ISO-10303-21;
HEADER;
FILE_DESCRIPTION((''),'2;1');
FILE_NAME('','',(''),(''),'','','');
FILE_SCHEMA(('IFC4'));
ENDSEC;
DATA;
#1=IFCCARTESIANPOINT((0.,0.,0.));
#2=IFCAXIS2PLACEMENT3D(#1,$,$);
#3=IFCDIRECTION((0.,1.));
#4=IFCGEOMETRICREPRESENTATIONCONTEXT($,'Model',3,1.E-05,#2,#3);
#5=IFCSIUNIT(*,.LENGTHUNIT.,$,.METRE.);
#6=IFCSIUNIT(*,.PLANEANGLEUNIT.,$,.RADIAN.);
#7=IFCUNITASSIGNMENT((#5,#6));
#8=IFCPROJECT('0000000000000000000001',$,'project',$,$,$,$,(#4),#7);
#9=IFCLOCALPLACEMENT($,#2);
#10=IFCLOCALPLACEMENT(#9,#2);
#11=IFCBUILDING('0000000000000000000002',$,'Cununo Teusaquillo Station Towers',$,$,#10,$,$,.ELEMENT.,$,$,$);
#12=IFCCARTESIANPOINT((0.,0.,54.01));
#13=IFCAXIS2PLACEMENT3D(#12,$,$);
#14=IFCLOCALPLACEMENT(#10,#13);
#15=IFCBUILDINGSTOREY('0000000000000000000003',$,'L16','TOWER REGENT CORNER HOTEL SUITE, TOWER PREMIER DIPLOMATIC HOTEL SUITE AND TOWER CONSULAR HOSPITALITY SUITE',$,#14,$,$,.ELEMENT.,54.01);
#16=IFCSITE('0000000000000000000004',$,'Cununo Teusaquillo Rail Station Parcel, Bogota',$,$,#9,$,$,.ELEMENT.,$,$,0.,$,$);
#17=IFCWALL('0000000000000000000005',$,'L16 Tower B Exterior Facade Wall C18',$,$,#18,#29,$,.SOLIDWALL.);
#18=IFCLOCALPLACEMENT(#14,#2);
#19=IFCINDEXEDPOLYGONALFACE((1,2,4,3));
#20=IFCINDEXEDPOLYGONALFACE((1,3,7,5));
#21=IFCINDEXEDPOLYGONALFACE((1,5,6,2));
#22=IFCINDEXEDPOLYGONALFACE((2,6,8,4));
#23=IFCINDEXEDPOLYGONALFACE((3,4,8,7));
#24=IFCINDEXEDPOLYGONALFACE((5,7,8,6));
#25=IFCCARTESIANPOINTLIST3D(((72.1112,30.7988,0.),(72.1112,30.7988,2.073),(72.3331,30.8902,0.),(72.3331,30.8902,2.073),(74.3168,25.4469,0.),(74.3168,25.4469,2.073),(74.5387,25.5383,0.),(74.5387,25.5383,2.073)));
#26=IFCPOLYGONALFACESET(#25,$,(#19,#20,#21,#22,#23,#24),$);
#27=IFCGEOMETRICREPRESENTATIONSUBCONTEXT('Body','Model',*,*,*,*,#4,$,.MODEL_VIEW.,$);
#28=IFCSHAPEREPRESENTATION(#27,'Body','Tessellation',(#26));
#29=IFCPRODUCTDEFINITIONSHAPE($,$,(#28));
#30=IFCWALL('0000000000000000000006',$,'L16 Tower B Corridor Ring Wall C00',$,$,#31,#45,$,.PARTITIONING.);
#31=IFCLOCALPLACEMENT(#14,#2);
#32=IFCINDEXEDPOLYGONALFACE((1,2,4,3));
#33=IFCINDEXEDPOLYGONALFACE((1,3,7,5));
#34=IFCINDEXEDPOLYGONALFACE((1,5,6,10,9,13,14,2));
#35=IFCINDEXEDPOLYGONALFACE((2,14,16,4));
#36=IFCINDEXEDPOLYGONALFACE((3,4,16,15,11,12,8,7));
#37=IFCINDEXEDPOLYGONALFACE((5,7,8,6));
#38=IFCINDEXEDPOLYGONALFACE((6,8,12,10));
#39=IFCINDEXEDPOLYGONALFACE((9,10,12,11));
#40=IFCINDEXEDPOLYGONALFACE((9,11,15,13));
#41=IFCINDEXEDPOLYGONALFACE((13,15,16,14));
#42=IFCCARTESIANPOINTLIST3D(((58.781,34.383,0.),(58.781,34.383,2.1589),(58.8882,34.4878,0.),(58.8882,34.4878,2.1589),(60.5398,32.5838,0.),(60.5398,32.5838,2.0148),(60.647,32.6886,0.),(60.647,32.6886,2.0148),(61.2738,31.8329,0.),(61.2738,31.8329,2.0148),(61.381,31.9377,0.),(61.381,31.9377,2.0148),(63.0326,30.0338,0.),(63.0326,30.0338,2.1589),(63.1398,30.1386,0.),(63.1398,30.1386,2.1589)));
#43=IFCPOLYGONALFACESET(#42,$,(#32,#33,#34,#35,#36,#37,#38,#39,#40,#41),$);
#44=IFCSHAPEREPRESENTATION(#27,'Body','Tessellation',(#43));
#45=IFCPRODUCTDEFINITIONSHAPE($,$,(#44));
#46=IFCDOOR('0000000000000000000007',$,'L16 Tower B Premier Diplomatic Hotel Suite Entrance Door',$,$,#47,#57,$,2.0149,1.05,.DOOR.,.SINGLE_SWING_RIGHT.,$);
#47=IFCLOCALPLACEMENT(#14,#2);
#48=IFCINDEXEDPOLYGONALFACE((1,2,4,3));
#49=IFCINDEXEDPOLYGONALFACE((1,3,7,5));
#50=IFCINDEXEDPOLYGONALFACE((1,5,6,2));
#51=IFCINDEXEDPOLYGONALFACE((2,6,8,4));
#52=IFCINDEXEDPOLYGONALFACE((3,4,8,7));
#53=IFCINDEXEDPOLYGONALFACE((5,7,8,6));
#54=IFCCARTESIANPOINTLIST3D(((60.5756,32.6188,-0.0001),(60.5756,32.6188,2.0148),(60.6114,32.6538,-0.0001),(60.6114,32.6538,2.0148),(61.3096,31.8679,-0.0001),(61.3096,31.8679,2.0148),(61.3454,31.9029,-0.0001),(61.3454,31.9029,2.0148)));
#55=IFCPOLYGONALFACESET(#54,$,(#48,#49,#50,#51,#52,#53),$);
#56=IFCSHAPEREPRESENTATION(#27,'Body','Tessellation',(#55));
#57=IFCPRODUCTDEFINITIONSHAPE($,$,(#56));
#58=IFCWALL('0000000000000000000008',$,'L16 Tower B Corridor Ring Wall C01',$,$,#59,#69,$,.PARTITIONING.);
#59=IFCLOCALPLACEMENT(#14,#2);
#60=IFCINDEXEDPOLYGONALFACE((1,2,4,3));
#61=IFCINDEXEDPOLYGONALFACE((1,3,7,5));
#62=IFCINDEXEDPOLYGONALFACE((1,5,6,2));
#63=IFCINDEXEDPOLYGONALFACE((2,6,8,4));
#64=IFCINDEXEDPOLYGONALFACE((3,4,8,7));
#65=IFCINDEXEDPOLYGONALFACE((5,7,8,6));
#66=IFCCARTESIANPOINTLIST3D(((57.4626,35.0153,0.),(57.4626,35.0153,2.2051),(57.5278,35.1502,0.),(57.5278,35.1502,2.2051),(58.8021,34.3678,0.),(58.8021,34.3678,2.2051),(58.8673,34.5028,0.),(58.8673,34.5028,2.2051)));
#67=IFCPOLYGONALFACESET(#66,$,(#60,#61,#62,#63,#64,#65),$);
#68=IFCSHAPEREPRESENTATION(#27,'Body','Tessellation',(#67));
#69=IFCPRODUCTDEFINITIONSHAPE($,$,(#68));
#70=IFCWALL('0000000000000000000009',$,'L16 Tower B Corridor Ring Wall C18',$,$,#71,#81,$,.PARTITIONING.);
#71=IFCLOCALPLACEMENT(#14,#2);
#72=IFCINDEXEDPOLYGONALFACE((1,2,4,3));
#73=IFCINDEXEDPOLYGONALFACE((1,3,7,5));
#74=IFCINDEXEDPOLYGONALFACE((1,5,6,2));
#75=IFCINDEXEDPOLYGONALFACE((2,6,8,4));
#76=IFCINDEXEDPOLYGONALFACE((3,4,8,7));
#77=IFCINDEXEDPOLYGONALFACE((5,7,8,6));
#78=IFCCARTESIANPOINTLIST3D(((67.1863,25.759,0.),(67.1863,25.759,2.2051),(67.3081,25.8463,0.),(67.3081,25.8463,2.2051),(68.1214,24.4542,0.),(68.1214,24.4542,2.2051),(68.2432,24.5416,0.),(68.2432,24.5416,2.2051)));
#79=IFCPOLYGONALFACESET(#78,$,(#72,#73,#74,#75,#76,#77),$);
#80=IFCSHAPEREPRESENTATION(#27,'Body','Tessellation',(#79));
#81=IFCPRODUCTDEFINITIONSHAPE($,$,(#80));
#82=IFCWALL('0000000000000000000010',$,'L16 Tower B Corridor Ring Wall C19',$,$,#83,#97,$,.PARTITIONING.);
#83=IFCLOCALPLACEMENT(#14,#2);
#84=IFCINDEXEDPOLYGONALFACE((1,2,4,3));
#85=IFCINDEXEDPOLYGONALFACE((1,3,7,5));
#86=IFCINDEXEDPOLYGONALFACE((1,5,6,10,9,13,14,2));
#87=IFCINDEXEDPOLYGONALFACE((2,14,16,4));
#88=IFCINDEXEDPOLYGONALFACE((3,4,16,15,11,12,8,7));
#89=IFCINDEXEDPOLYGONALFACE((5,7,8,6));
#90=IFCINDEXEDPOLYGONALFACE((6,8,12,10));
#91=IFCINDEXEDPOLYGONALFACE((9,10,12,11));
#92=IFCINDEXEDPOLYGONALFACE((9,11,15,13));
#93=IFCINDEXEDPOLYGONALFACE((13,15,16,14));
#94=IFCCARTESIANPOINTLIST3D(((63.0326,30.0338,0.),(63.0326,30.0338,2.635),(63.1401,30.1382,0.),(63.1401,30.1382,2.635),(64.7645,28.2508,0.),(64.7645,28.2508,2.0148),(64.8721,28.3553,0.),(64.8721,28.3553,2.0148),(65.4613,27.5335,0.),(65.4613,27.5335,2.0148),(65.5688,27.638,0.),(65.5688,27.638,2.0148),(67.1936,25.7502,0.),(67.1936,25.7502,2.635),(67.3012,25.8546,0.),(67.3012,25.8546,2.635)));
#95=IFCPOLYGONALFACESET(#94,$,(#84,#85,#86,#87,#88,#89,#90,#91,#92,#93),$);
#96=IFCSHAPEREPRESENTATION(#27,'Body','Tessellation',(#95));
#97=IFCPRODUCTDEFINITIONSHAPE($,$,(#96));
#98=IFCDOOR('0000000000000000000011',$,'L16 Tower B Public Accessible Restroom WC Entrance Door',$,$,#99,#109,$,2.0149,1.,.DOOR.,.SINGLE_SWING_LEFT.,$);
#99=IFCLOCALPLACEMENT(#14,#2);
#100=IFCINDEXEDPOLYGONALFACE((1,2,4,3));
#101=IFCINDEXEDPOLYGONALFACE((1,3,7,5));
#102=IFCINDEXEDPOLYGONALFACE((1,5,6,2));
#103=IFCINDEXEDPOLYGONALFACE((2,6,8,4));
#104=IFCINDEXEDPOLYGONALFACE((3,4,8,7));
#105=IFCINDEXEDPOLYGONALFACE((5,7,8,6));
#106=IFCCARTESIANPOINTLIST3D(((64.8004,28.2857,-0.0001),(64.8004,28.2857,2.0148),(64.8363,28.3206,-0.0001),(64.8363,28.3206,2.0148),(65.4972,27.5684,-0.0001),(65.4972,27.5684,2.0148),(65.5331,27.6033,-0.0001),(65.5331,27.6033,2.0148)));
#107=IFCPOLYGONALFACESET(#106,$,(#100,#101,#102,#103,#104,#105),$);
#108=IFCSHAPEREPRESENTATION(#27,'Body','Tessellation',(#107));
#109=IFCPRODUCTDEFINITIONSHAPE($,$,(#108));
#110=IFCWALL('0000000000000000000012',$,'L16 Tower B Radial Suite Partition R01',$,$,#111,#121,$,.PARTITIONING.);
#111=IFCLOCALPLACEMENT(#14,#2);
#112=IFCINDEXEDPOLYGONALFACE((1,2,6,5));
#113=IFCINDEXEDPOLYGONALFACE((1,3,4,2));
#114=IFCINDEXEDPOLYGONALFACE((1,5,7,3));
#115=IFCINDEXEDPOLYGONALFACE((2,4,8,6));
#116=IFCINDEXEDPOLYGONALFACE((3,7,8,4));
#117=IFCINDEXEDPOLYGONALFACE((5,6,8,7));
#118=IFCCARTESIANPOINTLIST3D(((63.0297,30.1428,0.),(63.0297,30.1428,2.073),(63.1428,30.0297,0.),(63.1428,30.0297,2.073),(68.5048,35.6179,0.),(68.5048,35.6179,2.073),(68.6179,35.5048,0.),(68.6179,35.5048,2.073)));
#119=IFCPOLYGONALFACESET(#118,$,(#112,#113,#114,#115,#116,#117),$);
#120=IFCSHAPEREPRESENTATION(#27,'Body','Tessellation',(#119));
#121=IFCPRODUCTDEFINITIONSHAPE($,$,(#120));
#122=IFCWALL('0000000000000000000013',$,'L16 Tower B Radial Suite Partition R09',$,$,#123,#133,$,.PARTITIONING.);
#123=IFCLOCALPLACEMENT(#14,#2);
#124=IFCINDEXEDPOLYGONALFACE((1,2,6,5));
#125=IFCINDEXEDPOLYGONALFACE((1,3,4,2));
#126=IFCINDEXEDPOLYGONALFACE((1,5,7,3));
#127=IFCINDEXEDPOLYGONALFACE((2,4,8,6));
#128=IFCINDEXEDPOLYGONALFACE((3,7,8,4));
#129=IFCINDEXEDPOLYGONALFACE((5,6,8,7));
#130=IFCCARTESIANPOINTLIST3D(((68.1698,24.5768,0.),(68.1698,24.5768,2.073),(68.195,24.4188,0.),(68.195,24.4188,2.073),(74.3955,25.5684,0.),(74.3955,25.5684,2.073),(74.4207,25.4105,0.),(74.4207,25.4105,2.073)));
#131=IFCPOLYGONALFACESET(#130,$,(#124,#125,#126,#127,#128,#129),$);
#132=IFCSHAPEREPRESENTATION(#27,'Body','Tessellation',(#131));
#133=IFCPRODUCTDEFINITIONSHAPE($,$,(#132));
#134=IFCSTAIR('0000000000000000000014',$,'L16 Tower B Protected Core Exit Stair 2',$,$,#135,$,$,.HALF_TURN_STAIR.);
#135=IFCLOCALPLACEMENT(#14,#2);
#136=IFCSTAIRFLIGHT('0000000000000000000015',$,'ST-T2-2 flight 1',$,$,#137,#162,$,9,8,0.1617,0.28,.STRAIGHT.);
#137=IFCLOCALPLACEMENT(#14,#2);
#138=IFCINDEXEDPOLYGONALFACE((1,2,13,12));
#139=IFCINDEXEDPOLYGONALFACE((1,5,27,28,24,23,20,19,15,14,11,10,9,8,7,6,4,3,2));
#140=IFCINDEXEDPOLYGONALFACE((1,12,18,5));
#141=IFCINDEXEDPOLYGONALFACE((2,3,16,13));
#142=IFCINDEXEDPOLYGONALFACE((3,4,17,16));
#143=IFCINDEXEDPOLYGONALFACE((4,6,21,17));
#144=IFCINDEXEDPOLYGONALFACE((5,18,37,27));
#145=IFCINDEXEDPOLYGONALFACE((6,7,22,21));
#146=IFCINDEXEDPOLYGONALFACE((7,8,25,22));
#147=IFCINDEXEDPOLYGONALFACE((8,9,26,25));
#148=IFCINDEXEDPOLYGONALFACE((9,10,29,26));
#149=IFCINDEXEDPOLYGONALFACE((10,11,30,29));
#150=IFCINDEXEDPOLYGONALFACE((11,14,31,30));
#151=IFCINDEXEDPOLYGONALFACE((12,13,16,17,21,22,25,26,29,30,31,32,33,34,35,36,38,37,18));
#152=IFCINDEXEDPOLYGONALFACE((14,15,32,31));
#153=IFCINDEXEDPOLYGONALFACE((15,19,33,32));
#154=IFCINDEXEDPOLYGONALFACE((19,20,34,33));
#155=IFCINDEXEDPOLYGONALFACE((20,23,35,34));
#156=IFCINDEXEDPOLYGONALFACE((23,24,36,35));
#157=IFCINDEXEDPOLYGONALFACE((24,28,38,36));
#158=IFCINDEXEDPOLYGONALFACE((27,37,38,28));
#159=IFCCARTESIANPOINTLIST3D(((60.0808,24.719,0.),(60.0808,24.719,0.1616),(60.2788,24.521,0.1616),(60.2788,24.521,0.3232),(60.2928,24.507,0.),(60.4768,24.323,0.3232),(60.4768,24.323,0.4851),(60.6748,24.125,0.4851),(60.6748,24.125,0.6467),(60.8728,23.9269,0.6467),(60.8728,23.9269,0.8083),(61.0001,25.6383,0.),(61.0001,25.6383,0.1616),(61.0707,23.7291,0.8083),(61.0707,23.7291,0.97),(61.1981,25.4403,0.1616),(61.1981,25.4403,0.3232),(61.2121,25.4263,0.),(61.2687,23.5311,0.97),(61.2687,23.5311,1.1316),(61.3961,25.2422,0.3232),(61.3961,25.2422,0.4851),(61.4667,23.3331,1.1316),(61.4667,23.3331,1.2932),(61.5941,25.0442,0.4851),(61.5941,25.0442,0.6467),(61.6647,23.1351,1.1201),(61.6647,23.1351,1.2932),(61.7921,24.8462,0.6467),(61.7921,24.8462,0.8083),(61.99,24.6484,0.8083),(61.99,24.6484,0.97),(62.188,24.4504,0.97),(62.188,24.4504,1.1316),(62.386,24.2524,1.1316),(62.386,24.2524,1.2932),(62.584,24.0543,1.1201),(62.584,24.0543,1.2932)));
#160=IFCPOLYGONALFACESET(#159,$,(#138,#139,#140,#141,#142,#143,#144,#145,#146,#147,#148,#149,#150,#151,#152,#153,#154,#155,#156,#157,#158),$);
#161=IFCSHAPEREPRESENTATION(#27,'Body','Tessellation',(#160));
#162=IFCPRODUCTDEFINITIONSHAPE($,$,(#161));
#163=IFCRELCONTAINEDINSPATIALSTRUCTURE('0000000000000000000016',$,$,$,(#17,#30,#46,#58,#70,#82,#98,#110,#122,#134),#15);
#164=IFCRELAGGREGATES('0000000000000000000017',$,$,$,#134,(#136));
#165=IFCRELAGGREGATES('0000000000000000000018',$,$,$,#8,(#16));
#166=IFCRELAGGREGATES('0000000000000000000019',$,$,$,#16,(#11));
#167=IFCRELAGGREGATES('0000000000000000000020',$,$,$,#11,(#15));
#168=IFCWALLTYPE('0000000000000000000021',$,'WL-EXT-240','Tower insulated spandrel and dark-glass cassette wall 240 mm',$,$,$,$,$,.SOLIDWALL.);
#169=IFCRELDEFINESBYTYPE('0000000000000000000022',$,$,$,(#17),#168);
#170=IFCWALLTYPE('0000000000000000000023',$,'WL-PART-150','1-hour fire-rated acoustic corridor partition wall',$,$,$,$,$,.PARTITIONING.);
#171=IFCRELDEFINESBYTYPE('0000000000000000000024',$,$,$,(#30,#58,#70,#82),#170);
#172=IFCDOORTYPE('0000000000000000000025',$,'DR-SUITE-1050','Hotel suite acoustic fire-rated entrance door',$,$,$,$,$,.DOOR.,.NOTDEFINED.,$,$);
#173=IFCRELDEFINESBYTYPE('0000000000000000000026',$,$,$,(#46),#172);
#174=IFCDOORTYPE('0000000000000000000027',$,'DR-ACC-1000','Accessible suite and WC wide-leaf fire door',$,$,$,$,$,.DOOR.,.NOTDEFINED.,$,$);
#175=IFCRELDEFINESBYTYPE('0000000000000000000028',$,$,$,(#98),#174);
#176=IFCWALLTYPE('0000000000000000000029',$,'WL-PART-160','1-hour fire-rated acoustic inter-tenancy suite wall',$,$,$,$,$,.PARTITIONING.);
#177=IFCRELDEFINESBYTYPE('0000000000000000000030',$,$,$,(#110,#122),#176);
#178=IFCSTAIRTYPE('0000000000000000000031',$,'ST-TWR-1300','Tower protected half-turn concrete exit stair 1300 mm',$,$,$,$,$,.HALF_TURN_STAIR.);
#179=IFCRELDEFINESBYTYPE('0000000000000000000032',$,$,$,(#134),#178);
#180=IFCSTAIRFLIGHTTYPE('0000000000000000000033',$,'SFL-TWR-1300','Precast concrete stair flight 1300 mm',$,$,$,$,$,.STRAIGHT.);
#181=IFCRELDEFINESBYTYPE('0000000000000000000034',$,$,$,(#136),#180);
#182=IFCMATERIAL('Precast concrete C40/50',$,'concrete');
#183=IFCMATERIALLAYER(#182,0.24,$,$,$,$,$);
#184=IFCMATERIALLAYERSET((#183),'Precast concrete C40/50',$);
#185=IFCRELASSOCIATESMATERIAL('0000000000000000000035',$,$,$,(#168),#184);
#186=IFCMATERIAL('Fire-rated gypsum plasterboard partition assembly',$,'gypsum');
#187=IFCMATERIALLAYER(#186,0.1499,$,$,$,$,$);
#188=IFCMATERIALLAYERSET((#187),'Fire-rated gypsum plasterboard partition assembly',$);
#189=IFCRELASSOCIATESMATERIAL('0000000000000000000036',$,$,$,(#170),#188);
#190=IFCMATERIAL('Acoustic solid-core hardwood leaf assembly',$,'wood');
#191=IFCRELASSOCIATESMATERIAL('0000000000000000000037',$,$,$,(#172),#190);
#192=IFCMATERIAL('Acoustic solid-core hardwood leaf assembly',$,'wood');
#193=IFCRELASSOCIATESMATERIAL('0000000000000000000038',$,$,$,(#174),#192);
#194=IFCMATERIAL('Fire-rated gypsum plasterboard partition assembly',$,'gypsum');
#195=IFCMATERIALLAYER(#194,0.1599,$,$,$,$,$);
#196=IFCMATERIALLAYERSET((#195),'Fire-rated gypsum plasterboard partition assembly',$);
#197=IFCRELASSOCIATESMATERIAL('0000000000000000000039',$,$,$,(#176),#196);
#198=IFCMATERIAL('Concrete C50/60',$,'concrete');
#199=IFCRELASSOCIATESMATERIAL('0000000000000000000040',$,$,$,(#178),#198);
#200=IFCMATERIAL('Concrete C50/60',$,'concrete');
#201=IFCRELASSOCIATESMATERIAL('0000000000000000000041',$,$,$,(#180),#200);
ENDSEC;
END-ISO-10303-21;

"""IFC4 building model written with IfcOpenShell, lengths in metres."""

from ifc_helpers import new_model, si_unit, direction, frame, frame_2d, origin, place, context, subcontext, project, spatial, polyline, rectangle, outline, extrude, source, transform, mapped, material, layer, layer_set, type_object, element, fill, aggregate, save


model = new_model("IFC4")

# Units and contexts
model_context = context("Model", 3, precision=1e-05, world=origin(), true_north=direction((0.0, 1.0)))
body_context = subcontext(model_context, "Body", "Model", "MODEL_VIEW")
ifc_project = project(units=[si_unit("LENGTHUNIT", "METRE"), si_unit("PLANEANGLEUNIT", "RADIAN")], contexts=[model_context])

# Site, building, storey
site_placement = place(None, origin())
site = spatial("IfcSite", under=ifc_project, at=site_placement, Name="Cununo Teusaquillo Rail Station Parcel, Bogota", CompositionType="ELEMENT", RefElevation=0.0)
building_placement = place(site_placement, origin())
building = spatial("IfcBuilding", under=site, at=building_placement, Name="Cununo Teusaquillo Station Towers", CompositionType="ELEMENT")
storey_placement = place(building_placement, frame((0.0, 0.0, 54.01)))
storey = spatial("IfcBuildingStorey", under=building, at=storey_placement, Name="L16", Description="TOWER REGENT CORNER HOTEL SUITE, TOWER PREMIER DIPLOMATIC HOTEL SUITE AND TOWER CONSULAR HOSPITALITY SUITE", CompositionType="ELEMENT", Elevation=54.01)

# Shared definitions
ifc_material_1 = material(Name="Precast concrete C40/50", Category="concrete")
ifc_layer_1 = layer(ifc_material_1, 0.24)
ifc_layer_set_1 = layer_set([ifc_layer_1], Name="Precast concrete C40/50")
wall_type_1 = type_object("IfcWallType", Name="WL-EXT-240", Description="Tower insulated spandrel and dark-glass cassette wall 240 mm", PredefinedType="SOLIDWALL", material=ifc_layer_set_1)

# Wall
wall_1_placement = place(storey_placement, frame((72.2222, 30.8445, 0.0), z_axis=(0.0, 0.0, 1.0), x_axis=(0.381028, -0.924564, 0.0)))
element("IfcWall", 1, at=wall_1_placement, inside=storey, type_object=wall_type_1, Name="L16 Tower B Exterior Facade Wall C18", PredefinedType="SOLIDWALL", context=body_context, shape_type="SweptSolid", body=[
    extrude(rectangle(XDim=5.7886, YDim=0.24, at=frame_2d((2.8943, 0.0))), origin(), (0.0, 0.0, 1.0), 2.073),
])

# Wall, opening, door
ifc_material_2 = material(Name="Fire-rated gypsum plasterboard partition assembly", Category="gypsum")
ifc_layer_2 = layer(ifc_material_2, 0.1499)
ifc_layer_set_2 = layer_set([ifc_layer_2], Name="Fire-rated gypsum plasterboard partition assembly")
wall_type_2 = type_object("IfcWallType", Name="WL-PART-150", Description="1-hour fire-rated acoustic corridor partition wall", PredefinedType="PARTITIONING", material=ifc_layer_set_2)
wall_2_placement = place(storey_placement, frame((63.0862, 30.0862, 0.0), z_axis=(0.0, 0.0, 1.0), x_axis=(-0.699033, 0.71509, 0.0)))
wall_2 = element("IfcWall", 2, at=wall_2_placement, inside=storey, type_object=wall_type_2, Name="L16 Tower B Corridor Ring Wall C00", PredefinedType="PARTITIONING", context=body_context, shape_type="SweptSolid", body=[
    extrude(rectangle(XDim=6.082, YDim=0.1499, at=frame_2d((3.041, 0.0))), origin(), (0.0, 0.0, 1.0), 2.1589),
])
shared_shape_1 = source(origin(), body_context, "Body", "SweptSolid", [
    extrude(rectangle(XDim=1.05, YDim=2.0149, at=frame_2d((0.5249, 1.0073))), frame((0.0, 0.085, 0.0), z_axis=(0.0, -1.0, 0.0), x_axis=(1.0, 0.0, 0.0)), (0.0, 0.0, 1.0), 0.1699),
])
opening_1_placement = place(wall_2_placement, frame((2.5161, 0.0, 0.0)))
opening_1 = element("IfcOpeningElement", 3, at=opening_1_placement, cuts=wall_2, PredefinedType="OPENING", context=body_context, shape_type="MappedRepresentation", body=[
    mapped(shared_shape_1, transform((0.0, 0.0, 0.0), x_axis=(1.0, 0.0, 0.0), y_axis=(0.0, 1.0, 0.0), z_axis=(0.0, 0.0, 1.0), scale=1.0)),
])
ifc_material_3 = material(Name="Acoustic solid-core hardwood leaf assembly", Category="wood")
door_type_1 = type_object("IfcDoorType", Name="DR-SUITE-1050", Description="Hotel suite acoustic fire-rated entrance door", OperationType="NOTDEFINED", PredefinedType="DOOR", material=ifc_material_3)
shared_shape_2 = source(origin(), body_context, "Body", "SweptSolid", [
    extrude(rectangle(XDim=1.05, YDim=2.0149, at=frame_2d((0.5249, 1.0073))), frame((0.0, 0.0249, 0.0), z_axis=(0.0, -1.0, 0.0), x_axis=(1.0, 0.0, 0.0)), (0.0, 0.0, 1.0), 0.05),
])
door_1_placement = place(opening_1_placement, origin())
door_1 = element("IfcDoor", 4, at=door_1_placement, inside=storey, type_object=door_type_1, Name="L16 Tower B Premier Diplomatic Hotel Suite Entrance Door", OperationType="SINGLE_SWING_RIGHT", OverallHeight=2.0149, OverallWidth=1.05, PredefinedType="DOOR", context=body_context, shape_type="MappedRepresentation", body=[
    mapped(shared_shape_2, transform((0.0, 0.0, 0.0), x_axis=(1.0, 0.0, 0.0), y_axis=(0.0, 1.0, 0.0), z_axis=(0.0, 0.0, 1.0), scale=1.0)),
])
fill(opening_1, door_1)

# Walls
wall_3_placement = place(storey_placement, frame((58.8347, 34.4353, 0.0), z_axis=(0.0, 0.0, 1.0), x_axis=(-0.900352, 0.435162, 0.0)))
element("IfcWall", 5, at=wall_3_placement, inside=storey, type_object=wall_type_2, Name="L16 Tower B Corridor Ring Wall C01", PredefinedType="PARTITIONING", context=body_context, shape_type="SweptSolid", body=[
    extrude(rectangle(XDim=1.4878, YDim=0.1499, at=frame_2d((0.7439, 0.0))), origin(), (0.0, 0.0, 1.0), 2.2051),
])
wall_4_placement = place(storey_placement, frame((68.1824, 24.4978, 0.0), z_axis=(0.0, 0.0, 1.0), x_axis=(-0.582532, 0.812808, 0.0)))
element("IfcWall", 6, at=wall_4_placement, inside=storey, type_object=wall_type_2, Name="L16 Tower B Corridor Ring Wall C18", PredefinedType="PARTITIONING", context=body_context, shape_type="SweptSolid", body=[
    extrude(rectangle(XDim=1.6052, YDim=0.1499, at=frame_2d((0.8027, 0.0))), origin(), (0.0, 0.0, 1.0), 2.2051),
])

# Wall, opening, door
wall_5_placement = place(storey_placement, frame((67.2473, 25.8025, 0.0), z_axis=(0.0, 0.0, 1.0), x_axis=(-0.696771, 0.717293, 0.0)))
wall_5 = element("IfcWall", 7, at=wall_5_placement, inside=storey, type_object=wall_type_2, Name="L16 Tower B Corridor Ring Wall C19", PredefinedType="PARTITIONING", context=body_context, shape_type="SweptSolid", body=[
    extrude(rectangle(XDim=5.9719, YDim=0.1499, at=frame_2d((2.9858, 0.0))), origin(), (0.0, 0.0, 1.0), 2.635),
])
shared_shape_3 = source(origin(), body_context, "Body", "SweptSolid", [
    extrude(rectangle(XDim=1.0, YDim=2.0149, at=frame_2d((0.5, 1.0073))), frame((0.0, 0.085, 0.0), z_axis=(0.0, -1.0, 0.0), x_axis=(1.0, 0.0, 0.0)), (0.0, 0.0, 1.0), 0.1699),
])
opening_2_placement = place(wall_5_placement, frame((2.4861, 0.0, 0.0)))
opening_2 = element("IfcOpeningElement", 8, at=opening_2_placement, cuts=wall_5, PredefinedType="OPENING", context=body_context, shape_type="MappedRepresentation", body=[
    mapped(shared_shape_3, transform((0.0, 0.0, 0.0), x_axis=(1.0, 0.0, 0.0), y_axis=(0.0, 1.0, 0.0), z_axis=(0.0, 0.0, 1.0), scale=1.0)),
])
ifc_material_4 = material(Name="Acoustic solid-core hardwood leaf assembly", Category="wood")
door_type_2 = type_object("IfcDoorType", Name="DR-ACC-1000", Description="Accessible suite and WC wide-leaf fire door", OperationType="NOTDEFINED", PredefinedType="DOOR", material=ifc_material_4)
shared_shape_4 = source(origin(), body_context, "Body", "SweptSolid", [
    extrude(rectangle(XDim=1.0, YDim=2.0149, at=frame_2d((0.5, 1.0073))), frame((0.0, 0.0249, 0.0), z_axis=(0.0, -1.0, 0.0), x_axis=(1.0, 0.0, 0.0)), (0.0, 0.0, 1.0), 0.05),
])
door_2_placement = place(opening_2_placement, origin())
door_2 = element("IfcDoor", 9, at=door_2_placement, inside=storey, type_object=door_type_2, Name="L16 Tower B Public Accessible Restroom WC Entrance Door", OperationType="SINGLE_SWING_LEFT", OverallHeight=2.0149, OverallWidth=1.0, PredefinedType="DOOR", context=body_context, shape_type="MappedRepresentation", body=[
    mapped(shared_shape_4, transform((0.0, 0.0, 0.0), x_axis=(1.0, 0.0, 0.0), y_axis=(0.0, 1.0, 0.0), z_axis=(0.0, 0.0, 1.0), scale=1.0)),
])
fill(opening_2, door_2)

# Walls
ifc_material_5 = material(Name="Fire-rated gypsum plasterboard partition assembly", Category="gypsum")
ifc_layer_3 = layer(ifc_material_5, 0.1599)
ifc_layer_set_3 = layer_set([ifc_layer_3], Name="Fire-rated gypsum plasterboard partition assembly")
wall_type_3 = type_object("IfcWallType", Name="WL-PART-160", Description="1-hour fire-rated acoustic inter-tenancy suite wall", PredefinedType="PARTITIONING", material=ifc_layer_set_3)
wall_6_placement = place(storey_placement, frame((63.0862, 30.0862, 0.0), z_axis=(0.0, 0.0, 1.0), x_axis=(0.707107, 0.707107, 0.0)))
element("IfcWall", 10, at=wall_6_placement, inside=storey, type_object=wall_type_3, Name="L16 Tower B Radial Suite Partition R01", PredefinedType="PARTITIONING", context=body_context, shape_type="SweptSolid", body=[
    extrude(rectangle(XDim=7.7429, YDim=0.1599, at=frame_2d((3.8716, 0.0))), origin(), (0.0, 0.0, 1.0), 2.073),
])
wall_7_placement = place(storey_placement, frame((68.1824, 24.4978, 0.0), z_axis=(0.0, 0.0, 1.0), x_axis=(0.98755, 0.157305, 0.0)))
element("IfcWall", 11, at=wall_7_placement, inside=storey, type_object=wall_type_3, Name="L16 Tower B Radial Suite Partition R09", PredefinedType="PARTITIONING", context=body_context, shape_type="SweptSolid", body=[
    extrude(rectangle(XDim=6.3042, YDim=0.1599, at=frame_2d((3.1521, 0.0))), origin(), (0.0, 0.0, 1.0), 2.073),
])

# Stair, stair flight
ifc_material_6 = material(Name="Concrete C50/60", Category="concrete")
stair_type = type_object("IfcStairType", Name="ST-TWR-1300", Description="Tower protected half-turn concrete exit stair 1300 mm", PredefinedType="HALF_TURN_STAIR", material=ifc_material_6)
stair_placement = place(storey_placement, origin())
stair = element("IfcStair", 12, at=stair_placement, inside=storey, type_object=stair_type, Name="L16 Tower B Protected Core Exit Stair 2", PredefinedType="HALF_TURN_STAIR")
ifc_material_7 = material(Name="Concrete C50/60", Category="concrete")
stair_flight_type = type_object("IfcStairFlightType", Name="SFL-TWR-1300", Description="Precast concrete stair flight 1300 mm", PredefinedType="STRAIGHT", material=ifc_material_7)
stair_flight_1_placement = place(storey_placement, frame((60.5405, 25.1787, 0.0), z_axis=(0.0, 0.0, 1.0), x_axis=(0.707107, -0.707107, 0.0)))
stair_flight_1 = element("IfcStairFlight", 13, at=stair_flight_1_placement, type_object=stair_flight_type, Name="ST-T2-2 flight 1", NumberOfRisers=9, NumberOfTreads=8, PredefinedType="STRAIGHT", RiserHeight=0.1617, TreadLength=0.28, context=body_context, shape_type="SweptSolid", body=[
    extrude(outline(polyline([(0.0, 0.0), (0.0, 0.1616), (0.28, 0.1616), (0.28, 0.3232), (0.5601, 0.3232), (0.5601, 0.4851), (0.8401, 0.4851), (0.8401, 0.6467), (1.1201, 0.6467), (1.1201, 0.8083), (1.3999, 0.8083), (1.3999, 0.97), (1.6799, 0.97), (1.6799, 1.1316), (1.96, 1.1316), (1.96, 1.2932), (2.24, 1.2932), (2.24, 1.4551), (2.24, 1.1201), (0.2998, 0.0), (0.0, 0.0)])), frame((0.0, 0.6499, 0.0), z_axis=(0.0, -1.0, 0.0), x_axis=(1.0, 0.0, 0.0)), (0.0, 0.0, 1.0), 1.3),
])
aggregate(stair, [stair_flight_1])

save(model, "model.ifc")
